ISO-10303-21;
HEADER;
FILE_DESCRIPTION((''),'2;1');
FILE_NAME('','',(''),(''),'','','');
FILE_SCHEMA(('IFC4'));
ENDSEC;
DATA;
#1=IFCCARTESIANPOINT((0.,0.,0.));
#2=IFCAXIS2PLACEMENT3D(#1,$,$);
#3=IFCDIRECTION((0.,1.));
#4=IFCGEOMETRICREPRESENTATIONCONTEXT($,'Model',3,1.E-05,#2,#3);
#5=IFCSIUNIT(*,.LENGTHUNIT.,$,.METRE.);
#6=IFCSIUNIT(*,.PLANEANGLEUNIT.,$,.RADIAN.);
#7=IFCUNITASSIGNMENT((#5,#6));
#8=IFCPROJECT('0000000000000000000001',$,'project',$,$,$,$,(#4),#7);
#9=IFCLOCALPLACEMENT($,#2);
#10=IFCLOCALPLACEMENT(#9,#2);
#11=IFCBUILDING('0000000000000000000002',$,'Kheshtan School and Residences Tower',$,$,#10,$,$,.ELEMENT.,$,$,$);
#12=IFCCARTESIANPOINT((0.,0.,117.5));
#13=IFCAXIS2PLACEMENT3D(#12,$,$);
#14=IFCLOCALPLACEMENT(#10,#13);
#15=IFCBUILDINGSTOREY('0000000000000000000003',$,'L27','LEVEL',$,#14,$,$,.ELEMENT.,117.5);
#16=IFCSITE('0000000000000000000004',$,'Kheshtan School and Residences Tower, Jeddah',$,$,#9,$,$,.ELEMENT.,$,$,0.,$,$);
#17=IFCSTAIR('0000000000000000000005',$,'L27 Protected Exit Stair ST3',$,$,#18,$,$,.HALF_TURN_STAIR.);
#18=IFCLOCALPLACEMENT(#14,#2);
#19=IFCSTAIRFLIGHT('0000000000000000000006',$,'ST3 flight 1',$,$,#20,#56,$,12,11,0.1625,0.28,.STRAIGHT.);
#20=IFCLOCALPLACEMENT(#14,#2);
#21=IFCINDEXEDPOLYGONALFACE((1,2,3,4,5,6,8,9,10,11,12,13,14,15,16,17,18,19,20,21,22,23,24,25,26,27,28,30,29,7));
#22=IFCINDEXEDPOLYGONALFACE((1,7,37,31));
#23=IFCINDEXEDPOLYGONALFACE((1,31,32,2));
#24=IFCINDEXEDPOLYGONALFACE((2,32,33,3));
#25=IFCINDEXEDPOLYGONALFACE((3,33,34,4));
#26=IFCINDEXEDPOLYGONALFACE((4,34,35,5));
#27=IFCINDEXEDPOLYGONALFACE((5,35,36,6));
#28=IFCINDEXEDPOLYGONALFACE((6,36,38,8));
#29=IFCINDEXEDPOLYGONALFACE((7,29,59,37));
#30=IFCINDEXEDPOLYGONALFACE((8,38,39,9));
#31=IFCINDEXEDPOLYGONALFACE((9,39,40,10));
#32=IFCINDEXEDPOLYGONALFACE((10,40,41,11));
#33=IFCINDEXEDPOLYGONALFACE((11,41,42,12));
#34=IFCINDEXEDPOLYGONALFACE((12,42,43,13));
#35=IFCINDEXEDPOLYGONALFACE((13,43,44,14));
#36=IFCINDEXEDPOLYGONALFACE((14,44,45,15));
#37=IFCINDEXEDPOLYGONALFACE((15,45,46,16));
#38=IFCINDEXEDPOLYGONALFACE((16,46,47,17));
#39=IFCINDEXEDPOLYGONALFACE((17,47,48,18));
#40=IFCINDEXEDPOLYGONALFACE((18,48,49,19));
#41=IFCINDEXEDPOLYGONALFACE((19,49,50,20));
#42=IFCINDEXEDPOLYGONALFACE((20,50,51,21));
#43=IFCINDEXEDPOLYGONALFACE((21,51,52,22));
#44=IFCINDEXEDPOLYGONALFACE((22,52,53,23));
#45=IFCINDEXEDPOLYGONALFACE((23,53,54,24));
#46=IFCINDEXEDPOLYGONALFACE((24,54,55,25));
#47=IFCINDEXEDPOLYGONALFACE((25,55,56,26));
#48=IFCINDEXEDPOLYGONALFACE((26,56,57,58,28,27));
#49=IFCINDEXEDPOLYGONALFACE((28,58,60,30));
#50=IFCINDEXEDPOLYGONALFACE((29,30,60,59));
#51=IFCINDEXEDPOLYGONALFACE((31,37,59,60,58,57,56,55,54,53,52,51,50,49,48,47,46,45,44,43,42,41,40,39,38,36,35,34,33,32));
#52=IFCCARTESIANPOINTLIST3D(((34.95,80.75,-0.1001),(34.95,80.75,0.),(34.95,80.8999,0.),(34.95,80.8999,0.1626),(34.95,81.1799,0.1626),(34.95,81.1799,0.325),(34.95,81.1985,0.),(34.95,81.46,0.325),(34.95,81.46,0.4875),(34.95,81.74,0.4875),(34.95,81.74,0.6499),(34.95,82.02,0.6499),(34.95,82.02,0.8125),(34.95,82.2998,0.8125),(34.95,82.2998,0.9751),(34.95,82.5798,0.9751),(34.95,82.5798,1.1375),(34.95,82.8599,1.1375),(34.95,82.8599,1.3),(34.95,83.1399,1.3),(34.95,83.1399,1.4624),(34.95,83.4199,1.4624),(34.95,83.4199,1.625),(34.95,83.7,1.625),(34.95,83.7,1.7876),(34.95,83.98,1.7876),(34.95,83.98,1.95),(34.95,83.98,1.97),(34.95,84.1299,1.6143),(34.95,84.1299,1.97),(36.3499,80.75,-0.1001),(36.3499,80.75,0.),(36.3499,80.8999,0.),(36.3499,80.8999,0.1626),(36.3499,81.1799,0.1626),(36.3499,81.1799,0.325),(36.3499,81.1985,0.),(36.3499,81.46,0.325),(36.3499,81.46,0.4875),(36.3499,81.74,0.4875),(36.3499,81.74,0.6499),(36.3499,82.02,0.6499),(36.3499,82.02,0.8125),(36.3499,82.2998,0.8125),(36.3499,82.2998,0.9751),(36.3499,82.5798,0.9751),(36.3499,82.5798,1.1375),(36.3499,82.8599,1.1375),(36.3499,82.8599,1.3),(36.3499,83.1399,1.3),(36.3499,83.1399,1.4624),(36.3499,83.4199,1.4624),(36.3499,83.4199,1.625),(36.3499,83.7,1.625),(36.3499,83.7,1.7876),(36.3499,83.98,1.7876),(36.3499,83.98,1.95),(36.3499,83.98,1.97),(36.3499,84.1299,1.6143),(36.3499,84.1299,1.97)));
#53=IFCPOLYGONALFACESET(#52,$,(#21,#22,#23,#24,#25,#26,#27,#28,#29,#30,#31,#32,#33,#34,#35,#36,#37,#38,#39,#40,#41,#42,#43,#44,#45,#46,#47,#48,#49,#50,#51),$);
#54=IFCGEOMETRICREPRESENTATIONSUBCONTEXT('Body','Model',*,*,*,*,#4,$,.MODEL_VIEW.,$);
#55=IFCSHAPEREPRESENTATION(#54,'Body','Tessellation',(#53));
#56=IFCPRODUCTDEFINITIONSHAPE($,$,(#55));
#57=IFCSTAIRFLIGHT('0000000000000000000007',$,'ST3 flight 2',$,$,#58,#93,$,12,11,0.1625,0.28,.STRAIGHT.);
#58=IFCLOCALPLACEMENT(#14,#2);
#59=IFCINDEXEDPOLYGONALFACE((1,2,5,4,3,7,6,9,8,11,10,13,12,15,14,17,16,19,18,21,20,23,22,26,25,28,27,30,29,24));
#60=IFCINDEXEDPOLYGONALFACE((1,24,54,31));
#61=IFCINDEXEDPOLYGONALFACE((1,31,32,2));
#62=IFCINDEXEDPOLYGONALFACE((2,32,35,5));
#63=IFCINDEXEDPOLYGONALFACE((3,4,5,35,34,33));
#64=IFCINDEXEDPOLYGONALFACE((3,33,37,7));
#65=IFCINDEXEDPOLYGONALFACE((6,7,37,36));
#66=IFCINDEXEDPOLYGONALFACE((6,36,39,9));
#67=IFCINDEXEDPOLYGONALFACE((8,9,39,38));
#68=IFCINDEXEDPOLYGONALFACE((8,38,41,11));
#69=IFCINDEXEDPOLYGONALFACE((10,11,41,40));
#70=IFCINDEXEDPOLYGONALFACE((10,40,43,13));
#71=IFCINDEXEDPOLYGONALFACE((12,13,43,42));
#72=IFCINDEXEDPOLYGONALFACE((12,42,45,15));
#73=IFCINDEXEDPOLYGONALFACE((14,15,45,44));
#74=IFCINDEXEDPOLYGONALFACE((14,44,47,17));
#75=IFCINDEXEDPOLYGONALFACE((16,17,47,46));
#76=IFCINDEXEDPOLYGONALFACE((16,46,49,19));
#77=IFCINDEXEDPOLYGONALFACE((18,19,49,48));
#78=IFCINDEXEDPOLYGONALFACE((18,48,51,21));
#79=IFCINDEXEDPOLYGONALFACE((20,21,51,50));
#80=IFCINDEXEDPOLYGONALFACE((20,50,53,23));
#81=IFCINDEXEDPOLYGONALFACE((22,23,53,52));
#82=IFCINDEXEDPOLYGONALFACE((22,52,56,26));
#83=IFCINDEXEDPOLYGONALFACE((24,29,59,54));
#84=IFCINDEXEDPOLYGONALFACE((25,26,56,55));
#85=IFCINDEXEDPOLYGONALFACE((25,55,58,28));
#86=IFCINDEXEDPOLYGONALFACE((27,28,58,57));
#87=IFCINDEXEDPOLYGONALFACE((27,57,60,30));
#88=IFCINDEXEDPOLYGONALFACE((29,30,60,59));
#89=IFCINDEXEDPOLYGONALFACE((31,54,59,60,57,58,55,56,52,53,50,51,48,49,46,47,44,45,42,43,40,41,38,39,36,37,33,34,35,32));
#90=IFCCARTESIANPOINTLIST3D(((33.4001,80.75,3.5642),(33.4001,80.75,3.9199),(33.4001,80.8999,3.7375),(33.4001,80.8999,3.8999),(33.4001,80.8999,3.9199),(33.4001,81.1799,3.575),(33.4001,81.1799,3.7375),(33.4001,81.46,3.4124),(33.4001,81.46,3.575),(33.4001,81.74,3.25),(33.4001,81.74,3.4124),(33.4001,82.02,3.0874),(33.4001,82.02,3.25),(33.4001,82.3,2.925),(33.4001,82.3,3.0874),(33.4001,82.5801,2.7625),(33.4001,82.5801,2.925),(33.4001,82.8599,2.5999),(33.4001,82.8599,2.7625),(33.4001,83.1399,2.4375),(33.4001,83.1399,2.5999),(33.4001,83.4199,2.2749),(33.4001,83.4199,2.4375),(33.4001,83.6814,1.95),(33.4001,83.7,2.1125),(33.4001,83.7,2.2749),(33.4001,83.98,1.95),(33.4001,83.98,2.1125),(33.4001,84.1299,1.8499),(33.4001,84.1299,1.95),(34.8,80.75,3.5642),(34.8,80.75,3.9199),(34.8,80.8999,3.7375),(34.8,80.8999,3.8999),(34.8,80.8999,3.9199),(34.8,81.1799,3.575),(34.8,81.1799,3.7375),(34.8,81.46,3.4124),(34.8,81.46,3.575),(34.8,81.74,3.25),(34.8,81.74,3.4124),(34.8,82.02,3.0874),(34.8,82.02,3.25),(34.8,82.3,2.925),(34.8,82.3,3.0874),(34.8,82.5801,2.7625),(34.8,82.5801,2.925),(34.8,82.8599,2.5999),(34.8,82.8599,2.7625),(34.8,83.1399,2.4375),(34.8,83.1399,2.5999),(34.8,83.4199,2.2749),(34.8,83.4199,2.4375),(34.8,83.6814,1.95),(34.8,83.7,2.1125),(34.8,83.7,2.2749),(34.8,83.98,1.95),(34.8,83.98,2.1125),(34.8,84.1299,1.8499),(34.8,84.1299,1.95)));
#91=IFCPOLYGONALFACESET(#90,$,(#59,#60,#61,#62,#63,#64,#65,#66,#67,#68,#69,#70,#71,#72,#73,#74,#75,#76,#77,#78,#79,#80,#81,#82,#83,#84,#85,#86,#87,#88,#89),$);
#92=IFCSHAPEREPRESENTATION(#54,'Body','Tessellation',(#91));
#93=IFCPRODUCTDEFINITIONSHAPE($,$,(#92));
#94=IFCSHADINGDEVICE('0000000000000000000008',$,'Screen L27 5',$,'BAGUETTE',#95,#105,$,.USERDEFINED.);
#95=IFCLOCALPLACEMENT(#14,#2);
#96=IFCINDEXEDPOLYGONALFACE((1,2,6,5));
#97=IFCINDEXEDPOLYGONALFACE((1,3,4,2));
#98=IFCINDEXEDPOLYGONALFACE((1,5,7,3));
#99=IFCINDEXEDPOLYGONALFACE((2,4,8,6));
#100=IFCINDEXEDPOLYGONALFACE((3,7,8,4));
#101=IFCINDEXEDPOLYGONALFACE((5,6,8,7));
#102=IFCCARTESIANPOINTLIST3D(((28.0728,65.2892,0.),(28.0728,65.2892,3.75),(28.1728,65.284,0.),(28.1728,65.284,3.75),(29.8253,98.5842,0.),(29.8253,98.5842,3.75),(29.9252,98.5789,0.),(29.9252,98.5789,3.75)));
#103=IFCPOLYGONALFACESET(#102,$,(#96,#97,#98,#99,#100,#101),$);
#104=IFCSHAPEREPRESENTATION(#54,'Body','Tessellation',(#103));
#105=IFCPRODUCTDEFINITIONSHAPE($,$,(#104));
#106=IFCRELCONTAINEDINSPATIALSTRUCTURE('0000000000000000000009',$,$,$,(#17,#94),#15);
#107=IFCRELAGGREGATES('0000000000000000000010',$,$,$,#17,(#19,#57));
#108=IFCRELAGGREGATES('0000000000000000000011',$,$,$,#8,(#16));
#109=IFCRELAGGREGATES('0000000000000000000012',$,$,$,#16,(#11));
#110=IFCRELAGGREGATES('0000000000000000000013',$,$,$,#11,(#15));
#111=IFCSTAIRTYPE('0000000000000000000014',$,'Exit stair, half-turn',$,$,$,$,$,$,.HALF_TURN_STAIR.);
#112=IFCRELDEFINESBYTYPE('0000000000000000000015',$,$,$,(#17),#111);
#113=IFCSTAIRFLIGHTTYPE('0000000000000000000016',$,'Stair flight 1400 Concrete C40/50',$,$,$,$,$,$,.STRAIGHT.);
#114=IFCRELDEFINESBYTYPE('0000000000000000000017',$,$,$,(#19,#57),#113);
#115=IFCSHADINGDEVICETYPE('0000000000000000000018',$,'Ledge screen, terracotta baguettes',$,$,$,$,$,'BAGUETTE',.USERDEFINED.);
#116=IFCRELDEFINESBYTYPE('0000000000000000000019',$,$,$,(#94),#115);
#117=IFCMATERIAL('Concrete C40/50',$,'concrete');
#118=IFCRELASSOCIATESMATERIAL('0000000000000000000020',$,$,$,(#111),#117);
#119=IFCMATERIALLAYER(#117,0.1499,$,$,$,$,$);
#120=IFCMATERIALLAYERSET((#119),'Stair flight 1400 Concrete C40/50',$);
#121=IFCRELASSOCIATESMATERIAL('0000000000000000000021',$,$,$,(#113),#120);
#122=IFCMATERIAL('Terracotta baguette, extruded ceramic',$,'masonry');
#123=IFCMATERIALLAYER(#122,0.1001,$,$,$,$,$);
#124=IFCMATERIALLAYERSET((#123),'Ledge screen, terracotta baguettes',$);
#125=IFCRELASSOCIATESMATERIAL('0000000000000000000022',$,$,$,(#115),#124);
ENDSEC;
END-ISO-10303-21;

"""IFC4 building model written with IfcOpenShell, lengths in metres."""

from ifc_helpers import new_model, si_unit, direction, frame, origin, origin_2d, place, context, subcontext, project, spatial, polyline, rectangle, outline, extrude, material, layer, layer_set, type_object, element, aggregate, save


model = new_model("IFC4")

# Units and contexts
model_context = context("Model", 3, precision=1e-05, world=origin(), true_north=direction((0.0, 1.0)))
body_context = subcontext(model_context, "Body", "Model", "MODEL_VIEW")
ifc_project = project(units=[si_unit("LENGTHUNIT", "METRE"), si_unit("PLANEANGLEUNIT", "RADIAN")], contexts=[model_context])

# Site, building, storey
site_placement = place(None, origin())
site = spatial("IfcSite", under=ifc_project, at=site_placement, Name="Kheshtan School and Residences Tower, Jeddah", CompositionType="ELEMENT", RefElevation=0.0)
building_placement = place(site_placement, origin())
building = spatial("IfcBuilding", under=site, at=building_placement, Name="Kheshtan School and Residences Tower", CompositionType="ELEMENT")
storey_placement = place(building_placement, frame((0.0, 0.0, 117.5)))
storey = spatial("IfcBuildingStorey", under=building, at=storey_placement, Name="L27", Description="LEVEL", CompositionType="ELEMENT", Elevation=117.5)

# Shared definitions
ifc_material_1 = material(Name="Concrete C40/50", Category="concrete")

# Stair, stair flights
stair_type = type_object("IfcStairType", Name="Exit stair, half-turn", PredefinedType="HALF_TURN_STAIR", material=ifc_material_1)
stair_placement = place(storey_placement, origin())
stair = element("IfcStair", 1, at=stair_placement, inside=storey, type_object=stair_type, Name="L27 Protected Exit Stair ST3", PredefinedType="HALF_TURN_STAIR")
ifc_layer_1 = layer(ifc_material_1, 0.1499)
ifc_layer_set_1 = layer_set([ifc_layer_1], Name="Stair flight 1400 Concrete C40/50")
stair_flight_type = type_object("IfcStairFlightType", Name="Stair flight 1400 Concrete C40/50", PredefinedType="STRAIGHT", material=ifc_layer_set_1)
stair_flight_1_placement = place(storey_placement, frame((35.6499, 80.8999, 0.0), z_axis=(0.0, 0.0, 1.0), x_axis=(0.0, 1.0, 0.0)))
stair_flight_1 = element("IfcStairFlight", 2, at=stair_flight_1_placement, type_object=stair_flight_type, Name="ST3 flight 1", NumberOfRisers=12, NumberOfTreads=11, PredefinedType="STRAIGHT", RiserHeight=0.1625, TreadLength=0.28, context=body_context, shape_type="SweptSolid", body=[
    extrude(outline(polyline([(-0.1499, -0.1001), (-0.1499, 0.0), (0.0, 0.0), (0.0, 0.1626), (0.28, 0.1626), (0.28, 0.325), (0.5601, 0.325), (0.5601, 0.4875), (0.8401, 0.4875), (0.8401, 0.6499), (1.1201, 0.6499), (1.1201, 0.8125), (1.3999, 0.8125), (1.3999, 0.9751), (1.6799, 0.9751), (1.6799, 1.1375), (1.96, 1.1375), (1.96, 1.3), (2.24, 1.3), (2.24, 1.4624), (2.52, 1.4624), (2.52, 1.625), (2.8, 1.625), (2.8, 1.7876), (3.0801, 1.7876), (3.0801, 1.95), (3.0801, 1.97), (3.23, 1.97), (3.23, 1.6143), (0.2986, 0.0), (-0.1499, -0.1001)])), frame((0.0, 0.7, 0.0), z_axis=(0.0, -1.0, 0.0), x_axis=(1.0, 0.0, 0.0)), (0.0, 0.0, 1.0), 1.3999),
])
stair_flight_2_placement = place(storey_placement, frame((34.1001, 83.98, 1.95), z_axis=(0.0, 0.0, 1.0), x_axis=(0.0, -1.0, 0.0)))
stair_flight_2 = element("IfcStairFlight", 3, at=stair_flight_2_placement, type_object=stair_flight_type, Name="ST3 flight 2", NumberOfRisers=12, NumberOfTreads=11, PredefinedType="STRAIGHT", RiserHeight=0.1625, TreadLength=0.28, context=body_context, shape_type="SweptSolid", body=[
    extrude(outline(polyline([(-0.1499, -0.1001), (-0.1499, 0.0), (0.0, 0.0), (0.0, 0.1626), (0.28, 0.1626), (0.28, 0.325), (0.5601, 0.325), (0.5601, 0.4875), (0.8401, 0.4875), (0.8401, 0.6499), (1.1201, 0.6499), (1.1201, 0.8125), (1.3999, 0.8125), (1.3999, 0.9751), (1.6799, 0.9751), (1.6799, 1.1375), (1.96, 1.1375), (1.96, 1.3), (2.24, 1.3), (2.24, 1.4624), (2.52, 1.4624), (2.52, 1.625), (2.8, 1.625), (2.8, 1.7876), (3.0801, 1.7876), (3.0801, 1.95), (3.0801, 1.97), (3.23, 1.97), (3.23, 1.6143), (0.2986, 0.0), (-0.1499, -0.1001)])), frame((0.0, 0.7, 0.0), z_axis=(0.0, -1.0, 0.0), x_axis=(1.0, 0.0, 0.0)), (0.0, 0.0, 1.0), 1.3999),
])
aggregate(stair, [stair_flight_1, stair_flight_2])

# Shading device
ifc_material_2 = material(Name="Terracotta baguette, extruded ceramic", Category="masonry")
ifc_layer_2 = layer(ifc_material_2, 0.1001)
ifc_layer_set_2 = layer_set([ifc_layer_2], Name="Ledge screen, terracotta baguettes")
shading_device_type = type_object("IfcShadingDeviceType", Name="Ledge screen, terracotta baguettes", ElementType="BAGUETTE", PredefinedType="USERDEFINED", material=ifc_layer_set_2)
shading_device_placement = place(storey_placement, frame((28.999, 81.9341, 0.0), z_axis=(0.0, 0.0, 1.0), x_axis=(0.052563, 0.998618, 0.0)))
element("IfcShadingDevice", 4, at=shading_device_placement, inside=storey, type_object=shading_device_type, Name="Screen L27 5", ObjectType="BAGUETTE", PredefinedType="USERDEFINED", context=body_context, shape_type="SweptSolid", body=[
    extrude(rectangle(XDim=33.3411, YDim=0.1001, at=origin_2d()), origin(), (0.0, 0.0, 1.0), 3.75),
])

save(model, "model.ifc")
